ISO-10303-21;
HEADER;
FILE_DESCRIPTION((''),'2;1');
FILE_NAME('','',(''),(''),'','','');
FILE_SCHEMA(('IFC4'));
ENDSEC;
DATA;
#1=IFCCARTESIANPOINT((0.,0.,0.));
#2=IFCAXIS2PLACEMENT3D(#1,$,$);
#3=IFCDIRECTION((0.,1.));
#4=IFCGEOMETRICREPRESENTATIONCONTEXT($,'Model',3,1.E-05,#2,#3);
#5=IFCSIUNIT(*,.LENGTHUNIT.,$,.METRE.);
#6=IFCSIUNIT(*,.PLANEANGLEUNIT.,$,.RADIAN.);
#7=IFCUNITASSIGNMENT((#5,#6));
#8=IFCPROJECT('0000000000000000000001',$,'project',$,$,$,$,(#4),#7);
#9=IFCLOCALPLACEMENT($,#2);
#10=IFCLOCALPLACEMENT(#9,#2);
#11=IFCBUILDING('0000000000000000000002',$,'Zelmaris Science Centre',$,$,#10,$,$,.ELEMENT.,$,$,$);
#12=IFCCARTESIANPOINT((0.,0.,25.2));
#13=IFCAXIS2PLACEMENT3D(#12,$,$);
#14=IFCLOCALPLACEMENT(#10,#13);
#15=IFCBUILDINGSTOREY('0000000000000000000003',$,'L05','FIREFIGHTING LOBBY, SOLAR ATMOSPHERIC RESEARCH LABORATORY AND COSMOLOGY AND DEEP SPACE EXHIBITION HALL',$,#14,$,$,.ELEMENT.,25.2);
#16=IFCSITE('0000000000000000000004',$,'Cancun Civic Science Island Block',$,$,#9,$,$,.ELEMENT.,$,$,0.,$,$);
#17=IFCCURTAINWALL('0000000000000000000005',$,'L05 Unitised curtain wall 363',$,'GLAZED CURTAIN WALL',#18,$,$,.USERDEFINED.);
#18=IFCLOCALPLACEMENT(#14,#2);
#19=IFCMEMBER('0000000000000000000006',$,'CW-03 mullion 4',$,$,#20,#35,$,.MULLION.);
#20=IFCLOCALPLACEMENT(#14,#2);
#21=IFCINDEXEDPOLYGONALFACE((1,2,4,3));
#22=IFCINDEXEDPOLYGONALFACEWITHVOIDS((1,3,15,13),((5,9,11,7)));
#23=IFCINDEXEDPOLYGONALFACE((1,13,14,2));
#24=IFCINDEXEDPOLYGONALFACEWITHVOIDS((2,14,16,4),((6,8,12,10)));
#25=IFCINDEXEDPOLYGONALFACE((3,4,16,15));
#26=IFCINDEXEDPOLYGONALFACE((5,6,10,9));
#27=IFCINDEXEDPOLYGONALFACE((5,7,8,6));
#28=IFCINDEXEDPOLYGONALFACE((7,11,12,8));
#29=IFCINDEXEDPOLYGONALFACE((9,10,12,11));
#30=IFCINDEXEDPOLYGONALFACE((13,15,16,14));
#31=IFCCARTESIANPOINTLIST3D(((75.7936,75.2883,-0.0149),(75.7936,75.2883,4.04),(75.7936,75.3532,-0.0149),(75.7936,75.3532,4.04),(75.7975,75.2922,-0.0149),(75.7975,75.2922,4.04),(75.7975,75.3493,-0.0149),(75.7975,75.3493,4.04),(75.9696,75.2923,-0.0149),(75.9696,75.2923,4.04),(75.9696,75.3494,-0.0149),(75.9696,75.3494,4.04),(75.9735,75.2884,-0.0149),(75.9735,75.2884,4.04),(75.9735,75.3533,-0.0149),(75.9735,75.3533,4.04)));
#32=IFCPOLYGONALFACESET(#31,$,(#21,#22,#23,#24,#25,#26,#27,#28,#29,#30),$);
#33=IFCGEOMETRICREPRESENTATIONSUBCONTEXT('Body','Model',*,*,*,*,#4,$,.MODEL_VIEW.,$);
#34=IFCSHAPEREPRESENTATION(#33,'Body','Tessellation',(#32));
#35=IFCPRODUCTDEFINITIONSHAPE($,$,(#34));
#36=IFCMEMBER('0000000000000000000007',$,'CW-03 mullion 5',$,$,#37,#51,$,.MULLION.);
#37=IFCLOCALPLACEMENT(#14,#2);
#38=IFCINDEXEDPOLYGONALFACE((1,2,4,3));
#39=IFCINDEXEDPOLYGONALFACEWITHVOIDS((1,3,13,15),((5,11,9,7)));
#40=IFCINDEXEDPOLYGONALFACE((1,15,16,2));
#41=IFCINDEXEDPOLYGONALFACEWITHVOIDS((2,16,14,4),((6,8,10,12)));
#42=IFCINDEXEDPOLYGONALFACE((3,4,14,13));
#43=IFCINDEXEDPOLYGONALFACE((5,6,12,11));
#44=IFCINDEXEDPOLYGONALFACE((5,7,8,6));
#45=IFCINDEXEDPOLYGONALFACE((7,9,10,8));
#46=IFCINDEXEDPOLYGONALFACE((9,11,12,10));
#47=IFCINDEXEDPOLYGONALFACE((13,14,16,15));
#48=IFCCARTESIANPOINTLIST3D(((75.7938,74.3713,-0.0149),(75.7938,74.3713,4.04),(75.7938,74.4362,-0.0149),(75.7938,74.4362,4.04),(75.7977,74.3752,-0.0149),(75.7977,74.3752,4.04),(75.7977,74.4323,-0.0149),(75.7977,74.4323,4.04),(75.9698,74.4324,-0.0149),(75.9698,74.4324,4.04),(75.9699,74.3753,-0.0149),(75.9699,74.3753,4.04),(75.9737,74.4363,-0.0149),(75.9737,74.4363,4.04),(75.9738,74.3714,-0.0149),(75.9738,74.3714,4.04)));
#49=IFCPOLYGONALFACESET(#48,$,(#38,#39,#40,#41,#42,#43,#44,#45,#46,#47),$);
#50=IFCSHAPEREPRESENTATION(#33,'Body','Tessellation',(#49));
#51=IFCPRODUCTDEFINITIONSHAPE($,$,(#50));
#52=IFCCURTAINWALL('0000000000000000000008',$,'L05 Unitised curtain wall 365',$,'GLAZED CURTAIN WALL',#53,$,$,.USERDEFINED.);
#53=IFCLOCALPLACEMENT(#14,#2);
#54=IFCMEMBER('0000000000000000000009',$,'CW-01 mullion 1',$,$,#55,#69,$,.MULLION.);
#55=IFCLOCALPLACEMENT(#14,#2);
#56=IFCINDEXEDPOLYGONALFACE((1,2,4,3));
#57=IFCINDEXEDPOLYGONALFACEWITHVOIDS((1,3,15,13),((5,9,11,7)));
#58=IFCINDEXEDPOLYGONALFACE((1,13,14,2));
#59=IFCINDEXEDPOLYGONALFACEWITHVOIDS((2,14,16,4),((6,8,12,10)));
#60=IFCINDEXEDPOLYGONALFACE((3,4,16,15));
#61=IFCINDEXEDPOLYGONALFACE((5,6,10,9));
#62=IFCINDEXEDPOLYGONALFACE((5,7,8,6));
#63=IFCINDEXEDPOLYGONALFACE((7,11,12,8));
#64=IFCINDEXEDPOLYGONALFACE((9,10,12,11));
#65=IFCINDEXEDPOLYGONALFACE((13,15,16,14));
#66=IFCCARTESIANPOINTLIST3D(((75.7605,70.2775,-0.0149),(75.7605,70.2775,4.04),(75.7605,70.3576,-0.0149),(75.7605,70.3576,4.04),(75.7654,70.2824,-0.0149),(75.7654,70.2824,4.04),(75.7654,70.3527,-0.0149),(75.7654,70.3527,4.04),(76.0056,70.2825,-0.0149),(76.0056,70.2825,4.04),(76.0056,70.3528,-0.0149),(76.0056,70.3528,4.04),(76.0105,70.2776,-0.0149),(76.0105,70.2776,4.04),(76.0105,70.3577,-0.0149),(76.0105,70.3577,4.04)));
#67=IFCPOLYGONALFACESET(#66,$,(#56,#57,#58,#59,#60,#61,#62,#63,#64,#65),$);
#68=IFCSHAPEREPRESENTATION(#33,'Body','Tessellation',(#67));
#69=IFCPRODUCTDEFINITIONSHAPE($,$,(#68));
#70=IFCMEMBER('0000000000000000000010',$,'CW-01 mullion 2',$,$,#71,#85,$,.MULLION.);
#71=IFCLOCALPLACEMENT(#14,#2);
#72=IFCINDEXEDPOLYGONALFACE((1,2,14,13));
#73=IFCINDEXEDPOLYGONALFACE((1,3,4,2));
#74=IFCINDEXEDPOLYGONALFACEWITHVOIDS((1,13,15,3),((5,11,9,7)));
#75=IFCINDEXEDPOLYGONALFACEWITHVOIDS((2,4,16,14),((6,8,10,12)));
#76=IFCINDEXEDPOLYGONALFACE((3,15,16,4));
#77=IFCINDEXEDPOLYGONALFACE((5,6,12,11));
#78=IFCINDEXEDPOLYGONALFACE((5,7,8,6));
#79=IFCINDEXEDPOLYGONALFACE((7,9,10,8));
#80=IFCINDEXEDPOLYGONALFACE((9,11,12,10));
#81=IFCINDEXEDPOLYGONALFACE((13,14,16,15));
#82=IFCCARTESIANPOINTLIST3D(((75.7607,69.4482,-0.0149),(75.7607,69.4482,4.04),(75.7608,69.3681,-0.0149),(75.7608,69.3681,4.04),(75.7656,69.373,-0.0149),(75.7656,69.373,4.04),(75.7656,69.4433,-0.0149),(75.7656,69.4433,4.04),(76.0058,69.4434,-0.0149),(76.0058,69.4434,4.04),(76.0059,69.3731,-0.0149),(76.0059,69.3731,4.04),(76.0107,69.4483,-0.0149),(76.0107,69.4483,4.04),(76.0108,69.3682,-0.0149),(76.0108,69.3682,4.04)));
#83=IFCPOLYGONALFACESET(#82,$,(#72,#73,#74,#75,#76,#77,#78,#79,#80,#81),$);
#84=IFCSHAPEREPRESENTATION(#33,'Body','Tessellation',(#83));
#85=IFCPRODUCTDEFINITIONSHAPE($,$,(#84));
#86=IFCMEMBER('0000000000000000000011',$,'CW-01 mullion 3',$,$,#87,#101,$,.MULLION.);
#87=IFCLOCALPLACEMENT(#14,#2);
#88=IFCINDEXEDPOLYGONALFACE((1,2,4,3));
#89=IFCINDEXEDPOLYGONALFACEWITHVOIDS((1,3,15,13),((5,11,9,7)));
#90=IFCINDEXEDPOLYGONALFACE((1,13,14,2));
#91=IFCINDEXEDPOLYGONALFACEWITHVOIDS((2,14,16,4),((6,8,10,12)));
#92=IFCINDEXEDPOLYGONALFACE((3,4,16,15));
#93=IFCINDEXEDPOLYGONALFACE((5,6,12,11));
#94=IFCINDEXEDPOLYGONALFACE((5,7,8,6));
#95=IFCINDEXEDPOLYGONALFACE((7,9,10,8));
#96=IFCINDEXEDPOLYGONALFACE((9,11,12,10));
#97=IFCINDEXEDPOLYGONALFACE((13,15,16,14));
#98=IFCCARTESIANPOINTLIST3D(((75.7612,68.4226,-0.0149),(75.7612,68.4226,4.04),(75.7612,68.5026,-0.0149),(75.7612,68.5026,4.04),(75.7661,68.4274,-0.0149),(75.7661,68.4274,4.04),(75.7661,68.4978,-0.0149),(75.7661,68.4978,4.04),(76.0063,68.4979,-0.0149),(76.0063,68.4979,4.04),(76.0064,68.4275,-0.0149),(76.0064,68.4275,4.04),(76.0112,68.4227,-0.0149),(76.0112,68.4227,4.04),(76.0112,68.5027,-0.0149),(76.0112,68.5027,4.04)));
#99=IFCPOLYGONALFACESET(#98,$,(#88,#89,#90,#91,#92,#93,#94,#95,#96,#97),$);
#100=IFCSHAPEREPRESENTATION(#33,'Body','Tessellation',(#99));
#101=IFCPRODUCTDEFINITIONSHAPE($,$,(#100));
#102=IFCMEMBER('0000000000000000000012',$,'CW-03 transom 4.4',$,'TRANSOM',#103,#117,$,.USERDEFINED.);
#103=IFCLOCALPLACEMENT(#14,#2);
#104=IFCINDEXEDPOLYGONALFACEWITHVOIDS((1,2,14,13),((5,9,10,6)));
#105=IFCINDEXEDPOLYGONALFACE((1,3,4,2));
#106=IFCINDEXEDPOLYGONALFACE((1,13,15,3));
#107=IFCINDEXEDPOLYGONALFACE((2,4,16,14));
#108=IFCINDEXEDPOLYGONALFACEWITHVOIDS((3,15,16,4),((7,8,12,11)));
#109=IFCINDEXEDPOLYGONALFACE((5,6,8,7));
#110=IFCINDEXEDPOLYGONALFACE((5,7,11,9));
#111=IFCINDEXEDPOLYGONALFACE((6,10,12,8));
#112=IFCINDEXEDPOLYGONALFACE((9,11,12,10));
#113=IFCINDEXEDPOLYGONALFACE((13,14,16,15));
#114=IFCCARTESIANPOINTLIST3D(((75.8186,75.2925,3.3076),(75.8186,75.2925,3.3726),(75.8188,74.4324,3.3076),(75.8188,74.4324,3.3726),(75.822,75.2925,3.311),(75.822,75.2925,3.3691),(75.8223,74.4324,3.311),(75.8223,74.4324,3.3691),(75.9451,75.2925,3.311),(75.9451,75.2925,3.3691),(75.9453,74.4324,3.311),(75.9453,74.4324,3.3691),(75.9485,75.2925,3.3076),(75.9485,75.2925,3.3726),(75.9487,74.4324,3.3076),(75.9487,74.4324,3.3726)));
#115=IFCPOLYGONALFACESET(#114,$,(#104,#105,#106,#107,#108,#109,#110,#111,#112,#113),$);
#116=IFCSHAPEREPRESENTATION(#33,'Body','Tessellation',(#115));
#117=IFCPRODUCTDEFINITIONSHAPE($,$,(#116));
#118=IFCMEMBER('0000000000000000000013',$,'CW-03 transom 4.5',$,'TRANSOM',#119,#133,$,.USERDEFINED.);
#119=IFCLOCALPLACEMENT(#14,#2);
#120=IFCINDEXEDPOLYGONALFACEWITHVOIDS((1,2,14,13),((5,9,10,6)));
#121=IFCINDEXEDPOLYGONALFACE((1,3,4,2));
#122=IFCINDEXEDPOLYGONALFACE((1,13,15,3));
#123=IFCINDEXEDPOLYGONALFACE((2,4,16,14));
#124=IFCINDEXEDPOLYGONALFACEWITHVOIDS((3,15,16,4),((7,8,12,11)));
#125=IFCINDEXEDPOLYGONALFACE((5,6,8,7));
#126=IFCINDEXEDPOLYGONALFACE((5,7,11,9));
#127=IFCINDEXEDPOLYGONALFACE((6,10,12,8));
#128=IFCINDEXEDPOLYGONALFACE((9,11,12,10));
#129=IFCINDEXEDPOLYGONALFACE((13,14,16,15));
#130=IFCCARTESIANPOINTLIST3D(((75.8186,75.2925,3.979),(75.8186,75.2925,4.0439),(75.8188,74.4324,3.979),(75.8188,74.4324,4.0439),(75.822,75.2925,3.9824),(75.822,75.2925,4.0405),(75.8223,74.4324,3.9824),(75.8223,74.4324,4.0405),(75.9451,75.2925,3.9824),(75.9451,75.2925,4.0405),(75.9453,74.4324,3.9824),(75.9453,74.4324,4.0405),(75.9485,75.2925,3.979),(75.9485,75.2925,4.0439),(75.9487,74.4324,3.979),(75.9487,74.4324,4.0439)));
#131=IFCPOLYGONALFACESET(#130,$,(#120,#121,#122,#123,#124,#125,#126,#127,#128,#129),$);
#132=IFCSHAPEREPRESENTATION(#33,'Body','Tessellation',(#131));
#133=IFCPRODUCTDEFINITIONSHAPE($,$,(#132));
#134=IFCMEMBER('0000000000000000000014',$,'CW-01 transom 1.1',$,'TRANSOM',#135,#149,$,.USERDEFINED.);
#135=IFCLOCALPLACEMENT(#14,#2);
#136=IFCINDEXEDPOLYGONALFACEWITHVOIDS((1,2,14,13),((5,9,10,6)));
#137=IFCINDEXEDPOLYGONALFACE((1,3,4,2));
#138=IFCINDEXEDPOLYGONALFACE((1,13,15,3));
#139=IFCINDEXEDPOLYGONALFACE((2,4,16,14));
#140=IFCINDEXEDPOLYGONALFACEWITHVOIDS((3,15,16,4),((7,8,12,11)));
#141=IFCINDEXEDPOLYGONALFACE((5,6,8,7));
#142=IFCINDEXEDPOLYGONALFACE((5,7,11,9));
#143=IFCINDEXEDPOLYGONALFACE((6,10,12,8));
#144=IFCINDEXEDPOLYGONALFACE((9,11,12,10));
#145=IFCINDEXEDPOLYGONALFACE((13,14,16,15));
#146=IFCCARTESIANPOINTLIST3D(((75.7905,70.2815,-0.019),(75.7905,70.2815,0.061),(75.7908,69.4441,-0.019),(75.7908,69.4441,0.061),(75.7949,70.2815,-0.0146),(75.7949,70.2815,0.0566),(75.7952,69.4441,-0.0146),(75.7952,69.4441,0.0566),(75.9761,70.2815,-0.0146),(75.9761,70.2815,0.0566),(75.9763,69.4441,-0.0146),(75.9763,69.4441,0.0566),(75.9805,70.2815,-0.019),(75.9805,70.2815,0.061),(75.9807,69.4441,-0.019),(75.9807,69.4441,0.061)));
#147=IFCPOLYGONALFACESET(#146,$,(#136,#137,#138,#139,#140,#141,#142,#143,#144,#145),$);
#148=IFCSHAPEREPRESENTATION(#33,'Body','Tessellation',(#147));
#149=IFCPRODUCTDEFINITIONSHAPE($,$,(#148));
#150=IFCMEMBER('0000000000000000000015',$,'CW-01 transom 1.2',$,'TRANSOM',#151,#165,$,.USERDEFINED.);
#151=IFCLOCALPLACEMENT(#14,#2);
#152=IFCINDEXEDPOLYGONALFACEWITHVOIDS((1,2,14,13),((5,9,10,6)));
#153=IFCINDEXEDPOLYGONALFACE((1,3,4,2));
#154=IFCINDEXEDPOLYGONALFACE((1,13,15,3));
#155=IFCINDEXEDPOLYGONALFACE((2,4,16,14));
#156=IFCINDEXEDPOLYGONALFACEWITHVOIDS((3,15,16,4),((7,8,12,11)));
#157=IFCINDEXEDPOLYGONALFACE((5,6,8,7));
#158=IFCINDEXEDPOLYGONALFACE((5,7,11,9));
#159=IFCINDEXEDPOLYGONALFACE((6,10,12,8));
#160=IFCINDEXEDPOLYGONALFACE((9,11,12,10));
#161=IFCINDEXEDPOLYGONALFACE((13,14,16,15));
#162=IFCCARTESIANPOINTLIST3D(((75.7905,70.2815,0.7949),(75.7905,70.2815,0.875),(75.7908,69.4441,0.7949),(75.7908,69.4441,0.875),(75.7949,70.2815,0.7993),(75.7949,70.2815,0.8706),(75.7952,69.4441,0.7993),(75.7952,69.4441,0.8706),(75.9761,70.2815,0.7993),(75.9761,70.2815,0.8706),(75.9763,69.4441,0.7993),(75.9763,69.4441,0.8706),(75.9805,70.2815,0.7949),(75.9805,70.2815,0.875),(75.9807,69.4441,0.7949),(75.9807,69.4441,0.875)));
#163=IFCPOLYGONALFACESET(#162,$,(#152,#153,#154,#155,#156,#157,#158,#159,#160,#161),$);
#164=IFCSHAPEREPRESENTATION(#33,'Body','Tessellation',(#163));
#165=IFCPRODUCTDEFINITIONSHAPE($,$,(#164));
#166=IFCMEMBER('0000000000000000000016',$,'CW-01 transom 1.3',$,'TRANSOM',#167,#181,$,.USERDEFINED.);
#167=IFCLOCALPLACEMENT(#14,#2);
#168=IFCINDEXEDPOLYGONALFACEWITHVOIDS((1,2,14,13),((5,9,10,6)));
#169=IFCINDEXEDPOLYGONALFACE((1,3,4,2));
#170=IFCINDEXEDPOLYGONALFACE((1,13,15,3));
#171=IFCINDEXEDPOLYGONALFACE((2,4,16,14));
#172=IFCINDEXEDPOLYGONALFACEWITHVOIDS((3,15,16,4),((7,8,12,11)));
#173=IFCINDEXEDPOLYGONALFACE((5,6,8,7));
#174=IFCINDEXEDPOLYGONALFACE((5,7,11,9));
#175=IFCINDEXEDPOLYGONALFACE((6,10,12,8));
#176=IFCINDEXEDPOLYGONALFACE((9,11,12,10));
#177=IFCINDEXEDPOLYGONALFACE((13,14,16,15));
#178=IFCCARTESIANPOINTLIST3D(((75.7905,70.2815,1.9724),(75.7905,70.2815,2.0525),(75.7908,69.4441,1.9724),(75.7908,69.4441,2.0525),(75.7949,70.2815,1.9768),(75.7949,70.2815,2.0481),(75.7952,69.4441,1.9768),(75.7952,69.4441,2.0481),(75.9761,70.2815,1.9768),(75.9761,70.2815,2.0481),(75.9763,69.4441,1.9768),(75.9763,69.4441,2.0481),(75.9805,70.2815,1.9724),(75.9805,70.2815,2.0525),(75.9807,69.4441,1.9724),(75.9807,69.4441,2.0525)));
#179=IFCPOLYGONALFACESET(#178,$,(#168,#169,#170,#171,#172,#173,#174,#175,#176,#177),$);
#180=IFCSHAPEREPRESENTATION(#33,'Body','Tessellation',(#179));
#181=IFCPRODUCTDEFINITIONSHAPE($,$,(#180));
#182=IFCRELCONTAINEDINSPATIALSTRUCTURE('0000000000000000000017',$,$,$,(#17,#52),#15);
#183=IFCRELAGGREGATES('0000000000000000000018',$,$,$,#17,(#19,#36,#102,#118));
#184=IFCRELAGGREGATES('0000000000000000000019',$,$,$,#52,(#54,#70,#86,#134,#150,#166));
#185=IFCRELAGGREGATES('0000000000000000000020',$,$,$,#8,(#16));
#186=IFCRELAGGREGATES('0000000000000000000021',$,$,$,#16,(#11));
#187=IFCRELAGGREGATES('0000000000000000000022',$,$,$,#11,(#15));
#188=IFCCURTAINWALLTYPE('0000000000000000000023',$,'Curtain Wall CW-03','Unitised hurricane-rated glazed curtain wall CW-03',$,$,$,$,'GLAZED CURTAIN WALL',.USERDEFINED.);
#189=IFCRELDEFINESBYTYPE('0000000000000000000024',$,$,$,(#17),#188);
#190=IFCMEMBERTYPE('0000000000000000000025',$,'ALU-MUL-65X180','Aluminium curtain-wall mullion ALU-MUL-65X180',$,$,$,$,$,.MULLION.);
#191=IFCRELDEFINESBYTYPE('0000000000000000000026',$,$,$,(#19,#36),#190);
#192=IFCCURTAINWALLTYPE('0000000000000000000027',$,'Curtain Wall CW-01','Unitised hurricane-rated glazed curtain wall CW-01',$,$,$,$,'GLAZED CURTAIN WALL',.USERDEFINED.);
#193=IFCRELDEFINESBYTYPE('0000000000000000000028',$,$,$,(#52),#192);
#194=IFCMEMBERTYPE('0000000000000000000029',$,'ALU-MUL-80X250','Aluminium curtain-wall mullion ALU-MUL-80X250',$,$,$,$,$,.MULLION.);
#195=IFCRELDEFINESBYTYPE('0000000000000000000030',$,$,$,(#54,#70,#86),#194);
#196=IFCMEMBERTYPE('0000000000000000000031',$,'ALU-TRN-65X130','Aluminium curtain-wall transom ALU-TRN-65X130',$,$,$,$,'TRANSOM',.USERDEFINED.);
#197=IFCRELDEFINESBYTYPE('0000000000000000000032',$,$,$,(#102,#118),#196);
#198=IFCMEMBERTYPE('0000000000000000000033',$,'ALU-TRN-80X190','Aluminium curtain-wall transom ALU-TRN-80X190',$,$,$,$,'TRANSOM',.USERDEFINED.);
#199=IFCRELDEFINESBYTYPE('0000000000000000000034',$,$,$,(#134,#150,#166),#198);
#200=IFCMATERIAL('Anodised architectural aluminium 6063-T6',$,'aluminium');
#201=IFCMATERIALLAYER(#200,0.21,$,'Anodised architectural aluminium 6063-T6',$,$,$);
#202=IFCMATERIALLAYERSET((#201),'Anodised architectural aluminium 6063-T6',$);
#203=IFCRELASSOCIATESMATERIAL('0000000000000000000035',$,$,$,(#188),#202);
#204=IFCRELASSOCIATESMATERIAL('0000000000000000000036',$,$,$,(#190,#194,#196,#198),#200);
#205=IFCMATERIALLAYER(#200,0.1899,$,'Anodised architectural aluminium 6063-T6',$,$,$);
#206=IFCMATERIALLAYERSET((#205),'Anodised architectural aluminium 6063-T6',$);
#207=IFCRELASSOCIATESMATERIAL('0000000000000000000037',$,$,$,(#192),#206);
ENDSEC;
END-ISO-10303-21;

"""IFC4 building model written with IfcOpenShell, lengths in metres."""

from ifc_helpers import new_model, si_unit, direction, frame, origin, origin_2d, place, context, subcontext, project, spatial, hollow_rectangle, extrude, material, layer, layer_set, material_profile, profile_set, type_object, element, aggregate, save


model = new_model("IFC4")

# Units and contexts
model_context = context("Model", 3, precision=1e-05, world=origin(), true_north=direction((0.0, 1.0)))
body_context = subcontext(model_context, "Body", "Model", "MODEL_VIEW")
ifc_project = project(units=[si_unit("LENGTHUNIT", "METRE"), si_unit("PLANEANGLEUNIT", "RADIAN")], contexts=[model_context])

# Site, building, storey
site_placement = place(None, origin())
site = spatial("IfcSite", under=ifc_project, at=site_placement, Name="Cancun Civic Science Island Block", CompositionType="ELEMENT", RefElevation=0.0)
building_placement = place(site_placement, origin())
building = spatial("IfcBuilding", under=site, at=building_placement, Name="Zelmaris Science Centre", CompositionType="ELEMENT")
storey_placement = place(building_placement, frame((0.0, 0.0, 25.2)))
storey = spatial("IfcBuildingStorey", under=building, at=storey_placement, Name="L05", Description="FIREFIGHTING LOBBY, SOLAR ATMOSPHERIC RESEARCH LABORATORY AND COSMOLOGY AND DEEP SPACE EXHIBITION HALL", CompositionType="ELEMENT", Elevation=25.2)

# Curtain walls, members
ifc_material_1 = material(Name="Anodised architectural aluminium 6063-T6", Category="aluminium")
ifc_layer_1 = layer(ifc_material_1, 0.21, Name="Anodised architectural aluminium 6063-T6")
ifc_layer_set_1 = layer_set([ifc_layer_1], Name="Anodised architectural aluminium 6063-T6")
curtain_wall_type_1 = type_object("IfcCurtainWallType", Name="Curtain Wall CW-03", Description="Unitised hurricane-rated glazed curtain wall CW-03", ElementType="GLAZED CURTAIN WALL", PredefinedType="USERDEFINED", material=ifc_layer_set_1)
curtain_wall_1_placement = place(storey_placement, origin())
curtain_wall_1 = element("IfcCurtainWall", 1, at=curtain_wall_1_placement, inside=storey, type_object=curtain_wall_type_1, Name="L05 Unitised curtain wall 363", ObjectType="GLAZED CURTAIN WALL", PredefinedType="USERDEFINED")
ifc_material_profile_1 = material_profile(ifc_material_1, hollow_rectangle(XDim=0.0649, YDim=0.1799, WallThickness=0.0039, at=origin_2d()), Name="ALU-MUL-65X180")
ifc_profile_set_1 = profile_set([ifc_material_profile_1], Name="Anodised architectural aluminium 6063-T6")
member_type_1 = type_object("IfcMemberType", Name="ALU-MUL-65X180", Description="Aluminium curtain-wall mullion ALU-MUL-65X180", PredefinedType="MULLION", material=ifc_profile_set_1)
member_1_placement = place(storey_placement, frame((75.8835, 75.3208, -0.0149), z_axis=(0.0, 0.0, 1.0), x_axis=(0.000396, -1.0, 0.0)))
member_1 = element("IfcMember", 2, at=member_1_placement, type_object=member_type_1, Name="CW-03 mullion 4", PredefinedType="MULLION", context=body_context, shape_type="SweptSolid", body=[
    extrude(hollow_rectangle(XDim=0.0649, YDim=0.1799, WallThickness=0.0039, at=origin_2d()), origin(), (0.0, 0.0, 1.0), 4.0549),
])
member_2_placement = place(storey_placement, frame((75.8838, 74.4038, -0.0149), z_axis=(0.0, 0.0, 1.0), x_axis=(0.000396, -1.0, 0.0)))
member_2 = element("IfcMember", 3, at=member_2_placement, type_object=member_type_1, Name="CW-03 mullion 5", PredefinedType="MULLION", context=body_context, shape_type="SweptSolid", body=[
    extrude(hollow_rectangle(XDim=0.0649, YDim=0.1799, WallThickness=0.0039, at=origin_2d()), origin(), (0.0, 0.0, 1.0), 4.0549),
])
ifc_layer_2 = layer(ifc_material_1, 0.1899, Name="Anodised architectural aluminium 6063-T6")
ifc_layer_set_2 = layer_set([ifc_layer_2], Name="Anodised architectural aluminium 6063-T6")
curtain_wall_type_2 = type_object("IfcCurtainWallType", Name="Curtain Wall CW-01", Description="Unitised hurricane-rated glazed curtain wall CW-01", ElementType="GLAZED CURTAIN WALL", PredefinedType="USERDEFINED", material=ifc_layer_set_2)
curtain_wall_2_placement = place(storey_placement, origin())
curtain_wall_2 = element("IfcCurtainWall", 4, at=curtain_wall_2_placement, inside=storey, type_object=curtain_wall_type_2, Name="L05 Unitised curtain wall 365", ObjectType="GLAZED CURTAIN WALL", PredefinedType="USERDEFINED")
ifc_material_profile_2 = material_profile(ifc_material_1, hollow_rectangle(XDim=0.0801, YDim=0.25, WallThickness=0.0049, at=origin_2d()), Name="ALU-MUL-80X250")
ifc_profile_set_2 = profile_set([ifc_material_profile_2], Name="Anodised architectural aluminium 6063-T6")
member_type_2 = type_object("IfcMemberType", Name="ALU-MUL-80X250", Description="Aluminium curtain-wall mullion ALU-MUL-80X250", PredefinedType="MULLION", material=ifc_profile_set_2)
member_3_placement = place(storey_placement, frame((75.8855, 70.3176, -0.0149), z_axis=(0.0, 0.0, 1.0), x_axis=(0.000396, -1.0, 0.0)))
member_3 = element("IfcMember", 5, at=member_3_placement, type_object=member_type_2, Name="CW-01 mullion 1", PredefinedType="MULLION", context=body_context, shape_type="SweptSolid", body=[
    extrude(hollow_rectangle(XDim=0.0801, YDim=0.25, WallThickness=0.0049, at=origin_2d()), origin(), (0.0, 0.0, 1.0), 4.0549),
])
member_4_placement = place(storey_placement, frame((75.8857, 69.4082, -0.0149), z_axis=(0.0, 0.0, 1.0), x_axis=(0.000396, -1.0, 0.0)))
member_4 = element("IfcMember", 6, at=member_4_placement, type_object=member_type_2, Name="CW-01 mullion 2", PredefinedType="MULLION", context=body_context, shape_type="SweptSolid", body=[
    extrude(hollow_rectangle(XDim=0.0801, YDim=0.25, WallThickness=0.0049, at=origin_2d()), origin(), (0.0, 0.0, 1.0), 4.0549),
])
member_5_placement = place(storey_placement, frame((75.8862, 68.4626, -0.0149), z_axis=(0.0, 0.0, 1.0), x_axis=(0.000396, -1.0, 0.0)))
member_5 = element("IfcMember", 7, at=member_5_placement, type_object=member_type_2, Name="CW-01 mullion 3", PredefinedType="MULLION", context=body_context, shape_type="SweptSolid", body=[
    extrude(hollow_rectangle(XDim=0.0801, YDim=0.25, WallThickness=0.0049, at=origin_2d()), origin(), (0.0, 0.0, 1.0), 4.0549),
])

# Members
ifc_material_profile_3 = material_profile(ifc_material_1, hollow_rectangle(XDim=0.0649, YDim=0.1299, WallThickness=0.0034, at=origin_2d()), Name="ALU-TRN-65X130")
ifc_profile_set_3 = profile_set([ifc_material_profile_3], Name="Anodised architectural aluminium 6063-T6")
member_type_3 = type_object("IfcMemberType", Name="ALU-TRN-65X130", Description="Aluminium curtain-wall transom ALU-TRN-65X130", ElementType="TRANSOM", PredefinedType="USERDEFINED", material=ifc_profile_set_3)
member_6_placement = place(storey_placement, frame((75.8835, 75.2925, 3.3401), z_axis=(0.000284, -1.0, 0.0), x_axis=(0.0, 0.0, 1.0)))
member_6 = element("IfcMember", 8, at=member_6_placement, type_object=member_type_3, Name="CW-03 transom 4.4", ObjectType="TRANSOM", PredefinedType="USERDEFINED", context=body_context, shape_type="SweptSolid", body=[
    extrude(hollow_rectangle(XDim=0.0649, YDim=0.1299, WallThickness=0.0034, at=origin_2d()), origin(), (0.0, 0.0, 1.0), 0.8601),
])
member_7_placement = place(storey_placement, frame((75.8835, 75.2925, 4.0115), z_axis=(0.000284, -1.0, 0.0), x_axis=(0.0, 0.0, 1.0)))
member_7 = element("IfcMember", 9, at=member_7_placement, type_object=member_type_3, Name="CW-03 transom 4.5", ObjectType="TRANSOM", PredefinedType="USERDEFINED", context=body_context, shape_type="SweptSolid", body=[
    extrude(hollow_rectangle(XDim=0.0649, YDim=0.1299, WallThickness=0.0034, at=origin_2d()), origin(), (0.0, 0.0, 1.0), 0.8601),
])
aggregate(curtain_wall_1, [member_1, member_2, member_6, member_7])
ifc_material_profile_4 = material_profile(ifc_material_1, hollow_rectangle(XDim=0.0801, YDim=0.1899, WallThickness=0.0044, at=origin_2d()), Name="ALU-TRN-80X190")
ifc_profile_set_4 = profile_set([ifc_material_profile_4], Name="Anodised architectural aluminium 6063-T6")
member_type_4 = type_object("IfcMemberType", Name="ALU-TRN-80X190", Description="Aluminium curtain-wall transom ALU-TRN-80X190", ElementType="TRANSOM", PredefinedType="USERDEFINED", material=ifc_profile_set_4)
member_8_placement = place(storey_placement, frame((75.8855, 70.2815, 0.021), z_axis=(0.000292, -1.0, 0.0), x_axis=(0.0, 0.0, 1.0)))
member_8 = element("IfcMember", 10, at=member_8_placement, type_object=member_type_4, Name="CW-01 transom 1.1", ObjectType="TRANSOM", PredefinedType="USERDEFINED", context=body_context, shape_type="SweptSolid", body=[
    extrude(hollow_rectangle(XDim=0.0801, YDim=0.1899, WallThickness=0.0044, at=origin_2d()), origin(), (0.0, 0.0, 1.0), 0.8374),
])
member_9_placement = place(storey_placement, frame((75.8855, 70.2815, 0.835), z_axis=(0.000292, -1.0, 0.0), x_axis=(0.0, 0.0, 1.0)))
member_9 = element("IfcMember", 11, at=member_9_placement, type_object=member_type_4, Name="CW-01 transom 1.2", ObjectType="TRANSOM", PredefinedType="USERDEFINED", context=body_context, shape_type="SweptSolid", body=[
    extrude(hollow_rectangle(XDim=0.0801, YDim=0.1899, WallThickness=0.0044, at=origin_2d()), origin(), (0.0, 0.0, 1.0), 0.8374),
])
member_10_placement = place(storey_placement, frame((75.8855, 70.2815, 2.0125), z_axis=(0.000292, -1.0, 0.0), x_axis=(0.0, 0.0, 1.0)))
member_10 = element("IfcMember", 12, at=member_10_placement, type_object=member_type_4, Name="CW-01 transom 1.3", ObjectType="TRANSOM", PredefinedType="USERDEFINED", context=body_context, shape_type="SweptSolid", body=[
    extrude(hollow_rectangle(XDim=0.0801, YDim=0.1899, WallThickness=0.0044, at=origin_2d()), origin(), (0.0, 0.0, 1.0), 0.8374),
])

aggregate(curtain_wall_2, [member_3, member_4, member_5, member_8, member_9, member_10])

save(model, "model.ifc")
